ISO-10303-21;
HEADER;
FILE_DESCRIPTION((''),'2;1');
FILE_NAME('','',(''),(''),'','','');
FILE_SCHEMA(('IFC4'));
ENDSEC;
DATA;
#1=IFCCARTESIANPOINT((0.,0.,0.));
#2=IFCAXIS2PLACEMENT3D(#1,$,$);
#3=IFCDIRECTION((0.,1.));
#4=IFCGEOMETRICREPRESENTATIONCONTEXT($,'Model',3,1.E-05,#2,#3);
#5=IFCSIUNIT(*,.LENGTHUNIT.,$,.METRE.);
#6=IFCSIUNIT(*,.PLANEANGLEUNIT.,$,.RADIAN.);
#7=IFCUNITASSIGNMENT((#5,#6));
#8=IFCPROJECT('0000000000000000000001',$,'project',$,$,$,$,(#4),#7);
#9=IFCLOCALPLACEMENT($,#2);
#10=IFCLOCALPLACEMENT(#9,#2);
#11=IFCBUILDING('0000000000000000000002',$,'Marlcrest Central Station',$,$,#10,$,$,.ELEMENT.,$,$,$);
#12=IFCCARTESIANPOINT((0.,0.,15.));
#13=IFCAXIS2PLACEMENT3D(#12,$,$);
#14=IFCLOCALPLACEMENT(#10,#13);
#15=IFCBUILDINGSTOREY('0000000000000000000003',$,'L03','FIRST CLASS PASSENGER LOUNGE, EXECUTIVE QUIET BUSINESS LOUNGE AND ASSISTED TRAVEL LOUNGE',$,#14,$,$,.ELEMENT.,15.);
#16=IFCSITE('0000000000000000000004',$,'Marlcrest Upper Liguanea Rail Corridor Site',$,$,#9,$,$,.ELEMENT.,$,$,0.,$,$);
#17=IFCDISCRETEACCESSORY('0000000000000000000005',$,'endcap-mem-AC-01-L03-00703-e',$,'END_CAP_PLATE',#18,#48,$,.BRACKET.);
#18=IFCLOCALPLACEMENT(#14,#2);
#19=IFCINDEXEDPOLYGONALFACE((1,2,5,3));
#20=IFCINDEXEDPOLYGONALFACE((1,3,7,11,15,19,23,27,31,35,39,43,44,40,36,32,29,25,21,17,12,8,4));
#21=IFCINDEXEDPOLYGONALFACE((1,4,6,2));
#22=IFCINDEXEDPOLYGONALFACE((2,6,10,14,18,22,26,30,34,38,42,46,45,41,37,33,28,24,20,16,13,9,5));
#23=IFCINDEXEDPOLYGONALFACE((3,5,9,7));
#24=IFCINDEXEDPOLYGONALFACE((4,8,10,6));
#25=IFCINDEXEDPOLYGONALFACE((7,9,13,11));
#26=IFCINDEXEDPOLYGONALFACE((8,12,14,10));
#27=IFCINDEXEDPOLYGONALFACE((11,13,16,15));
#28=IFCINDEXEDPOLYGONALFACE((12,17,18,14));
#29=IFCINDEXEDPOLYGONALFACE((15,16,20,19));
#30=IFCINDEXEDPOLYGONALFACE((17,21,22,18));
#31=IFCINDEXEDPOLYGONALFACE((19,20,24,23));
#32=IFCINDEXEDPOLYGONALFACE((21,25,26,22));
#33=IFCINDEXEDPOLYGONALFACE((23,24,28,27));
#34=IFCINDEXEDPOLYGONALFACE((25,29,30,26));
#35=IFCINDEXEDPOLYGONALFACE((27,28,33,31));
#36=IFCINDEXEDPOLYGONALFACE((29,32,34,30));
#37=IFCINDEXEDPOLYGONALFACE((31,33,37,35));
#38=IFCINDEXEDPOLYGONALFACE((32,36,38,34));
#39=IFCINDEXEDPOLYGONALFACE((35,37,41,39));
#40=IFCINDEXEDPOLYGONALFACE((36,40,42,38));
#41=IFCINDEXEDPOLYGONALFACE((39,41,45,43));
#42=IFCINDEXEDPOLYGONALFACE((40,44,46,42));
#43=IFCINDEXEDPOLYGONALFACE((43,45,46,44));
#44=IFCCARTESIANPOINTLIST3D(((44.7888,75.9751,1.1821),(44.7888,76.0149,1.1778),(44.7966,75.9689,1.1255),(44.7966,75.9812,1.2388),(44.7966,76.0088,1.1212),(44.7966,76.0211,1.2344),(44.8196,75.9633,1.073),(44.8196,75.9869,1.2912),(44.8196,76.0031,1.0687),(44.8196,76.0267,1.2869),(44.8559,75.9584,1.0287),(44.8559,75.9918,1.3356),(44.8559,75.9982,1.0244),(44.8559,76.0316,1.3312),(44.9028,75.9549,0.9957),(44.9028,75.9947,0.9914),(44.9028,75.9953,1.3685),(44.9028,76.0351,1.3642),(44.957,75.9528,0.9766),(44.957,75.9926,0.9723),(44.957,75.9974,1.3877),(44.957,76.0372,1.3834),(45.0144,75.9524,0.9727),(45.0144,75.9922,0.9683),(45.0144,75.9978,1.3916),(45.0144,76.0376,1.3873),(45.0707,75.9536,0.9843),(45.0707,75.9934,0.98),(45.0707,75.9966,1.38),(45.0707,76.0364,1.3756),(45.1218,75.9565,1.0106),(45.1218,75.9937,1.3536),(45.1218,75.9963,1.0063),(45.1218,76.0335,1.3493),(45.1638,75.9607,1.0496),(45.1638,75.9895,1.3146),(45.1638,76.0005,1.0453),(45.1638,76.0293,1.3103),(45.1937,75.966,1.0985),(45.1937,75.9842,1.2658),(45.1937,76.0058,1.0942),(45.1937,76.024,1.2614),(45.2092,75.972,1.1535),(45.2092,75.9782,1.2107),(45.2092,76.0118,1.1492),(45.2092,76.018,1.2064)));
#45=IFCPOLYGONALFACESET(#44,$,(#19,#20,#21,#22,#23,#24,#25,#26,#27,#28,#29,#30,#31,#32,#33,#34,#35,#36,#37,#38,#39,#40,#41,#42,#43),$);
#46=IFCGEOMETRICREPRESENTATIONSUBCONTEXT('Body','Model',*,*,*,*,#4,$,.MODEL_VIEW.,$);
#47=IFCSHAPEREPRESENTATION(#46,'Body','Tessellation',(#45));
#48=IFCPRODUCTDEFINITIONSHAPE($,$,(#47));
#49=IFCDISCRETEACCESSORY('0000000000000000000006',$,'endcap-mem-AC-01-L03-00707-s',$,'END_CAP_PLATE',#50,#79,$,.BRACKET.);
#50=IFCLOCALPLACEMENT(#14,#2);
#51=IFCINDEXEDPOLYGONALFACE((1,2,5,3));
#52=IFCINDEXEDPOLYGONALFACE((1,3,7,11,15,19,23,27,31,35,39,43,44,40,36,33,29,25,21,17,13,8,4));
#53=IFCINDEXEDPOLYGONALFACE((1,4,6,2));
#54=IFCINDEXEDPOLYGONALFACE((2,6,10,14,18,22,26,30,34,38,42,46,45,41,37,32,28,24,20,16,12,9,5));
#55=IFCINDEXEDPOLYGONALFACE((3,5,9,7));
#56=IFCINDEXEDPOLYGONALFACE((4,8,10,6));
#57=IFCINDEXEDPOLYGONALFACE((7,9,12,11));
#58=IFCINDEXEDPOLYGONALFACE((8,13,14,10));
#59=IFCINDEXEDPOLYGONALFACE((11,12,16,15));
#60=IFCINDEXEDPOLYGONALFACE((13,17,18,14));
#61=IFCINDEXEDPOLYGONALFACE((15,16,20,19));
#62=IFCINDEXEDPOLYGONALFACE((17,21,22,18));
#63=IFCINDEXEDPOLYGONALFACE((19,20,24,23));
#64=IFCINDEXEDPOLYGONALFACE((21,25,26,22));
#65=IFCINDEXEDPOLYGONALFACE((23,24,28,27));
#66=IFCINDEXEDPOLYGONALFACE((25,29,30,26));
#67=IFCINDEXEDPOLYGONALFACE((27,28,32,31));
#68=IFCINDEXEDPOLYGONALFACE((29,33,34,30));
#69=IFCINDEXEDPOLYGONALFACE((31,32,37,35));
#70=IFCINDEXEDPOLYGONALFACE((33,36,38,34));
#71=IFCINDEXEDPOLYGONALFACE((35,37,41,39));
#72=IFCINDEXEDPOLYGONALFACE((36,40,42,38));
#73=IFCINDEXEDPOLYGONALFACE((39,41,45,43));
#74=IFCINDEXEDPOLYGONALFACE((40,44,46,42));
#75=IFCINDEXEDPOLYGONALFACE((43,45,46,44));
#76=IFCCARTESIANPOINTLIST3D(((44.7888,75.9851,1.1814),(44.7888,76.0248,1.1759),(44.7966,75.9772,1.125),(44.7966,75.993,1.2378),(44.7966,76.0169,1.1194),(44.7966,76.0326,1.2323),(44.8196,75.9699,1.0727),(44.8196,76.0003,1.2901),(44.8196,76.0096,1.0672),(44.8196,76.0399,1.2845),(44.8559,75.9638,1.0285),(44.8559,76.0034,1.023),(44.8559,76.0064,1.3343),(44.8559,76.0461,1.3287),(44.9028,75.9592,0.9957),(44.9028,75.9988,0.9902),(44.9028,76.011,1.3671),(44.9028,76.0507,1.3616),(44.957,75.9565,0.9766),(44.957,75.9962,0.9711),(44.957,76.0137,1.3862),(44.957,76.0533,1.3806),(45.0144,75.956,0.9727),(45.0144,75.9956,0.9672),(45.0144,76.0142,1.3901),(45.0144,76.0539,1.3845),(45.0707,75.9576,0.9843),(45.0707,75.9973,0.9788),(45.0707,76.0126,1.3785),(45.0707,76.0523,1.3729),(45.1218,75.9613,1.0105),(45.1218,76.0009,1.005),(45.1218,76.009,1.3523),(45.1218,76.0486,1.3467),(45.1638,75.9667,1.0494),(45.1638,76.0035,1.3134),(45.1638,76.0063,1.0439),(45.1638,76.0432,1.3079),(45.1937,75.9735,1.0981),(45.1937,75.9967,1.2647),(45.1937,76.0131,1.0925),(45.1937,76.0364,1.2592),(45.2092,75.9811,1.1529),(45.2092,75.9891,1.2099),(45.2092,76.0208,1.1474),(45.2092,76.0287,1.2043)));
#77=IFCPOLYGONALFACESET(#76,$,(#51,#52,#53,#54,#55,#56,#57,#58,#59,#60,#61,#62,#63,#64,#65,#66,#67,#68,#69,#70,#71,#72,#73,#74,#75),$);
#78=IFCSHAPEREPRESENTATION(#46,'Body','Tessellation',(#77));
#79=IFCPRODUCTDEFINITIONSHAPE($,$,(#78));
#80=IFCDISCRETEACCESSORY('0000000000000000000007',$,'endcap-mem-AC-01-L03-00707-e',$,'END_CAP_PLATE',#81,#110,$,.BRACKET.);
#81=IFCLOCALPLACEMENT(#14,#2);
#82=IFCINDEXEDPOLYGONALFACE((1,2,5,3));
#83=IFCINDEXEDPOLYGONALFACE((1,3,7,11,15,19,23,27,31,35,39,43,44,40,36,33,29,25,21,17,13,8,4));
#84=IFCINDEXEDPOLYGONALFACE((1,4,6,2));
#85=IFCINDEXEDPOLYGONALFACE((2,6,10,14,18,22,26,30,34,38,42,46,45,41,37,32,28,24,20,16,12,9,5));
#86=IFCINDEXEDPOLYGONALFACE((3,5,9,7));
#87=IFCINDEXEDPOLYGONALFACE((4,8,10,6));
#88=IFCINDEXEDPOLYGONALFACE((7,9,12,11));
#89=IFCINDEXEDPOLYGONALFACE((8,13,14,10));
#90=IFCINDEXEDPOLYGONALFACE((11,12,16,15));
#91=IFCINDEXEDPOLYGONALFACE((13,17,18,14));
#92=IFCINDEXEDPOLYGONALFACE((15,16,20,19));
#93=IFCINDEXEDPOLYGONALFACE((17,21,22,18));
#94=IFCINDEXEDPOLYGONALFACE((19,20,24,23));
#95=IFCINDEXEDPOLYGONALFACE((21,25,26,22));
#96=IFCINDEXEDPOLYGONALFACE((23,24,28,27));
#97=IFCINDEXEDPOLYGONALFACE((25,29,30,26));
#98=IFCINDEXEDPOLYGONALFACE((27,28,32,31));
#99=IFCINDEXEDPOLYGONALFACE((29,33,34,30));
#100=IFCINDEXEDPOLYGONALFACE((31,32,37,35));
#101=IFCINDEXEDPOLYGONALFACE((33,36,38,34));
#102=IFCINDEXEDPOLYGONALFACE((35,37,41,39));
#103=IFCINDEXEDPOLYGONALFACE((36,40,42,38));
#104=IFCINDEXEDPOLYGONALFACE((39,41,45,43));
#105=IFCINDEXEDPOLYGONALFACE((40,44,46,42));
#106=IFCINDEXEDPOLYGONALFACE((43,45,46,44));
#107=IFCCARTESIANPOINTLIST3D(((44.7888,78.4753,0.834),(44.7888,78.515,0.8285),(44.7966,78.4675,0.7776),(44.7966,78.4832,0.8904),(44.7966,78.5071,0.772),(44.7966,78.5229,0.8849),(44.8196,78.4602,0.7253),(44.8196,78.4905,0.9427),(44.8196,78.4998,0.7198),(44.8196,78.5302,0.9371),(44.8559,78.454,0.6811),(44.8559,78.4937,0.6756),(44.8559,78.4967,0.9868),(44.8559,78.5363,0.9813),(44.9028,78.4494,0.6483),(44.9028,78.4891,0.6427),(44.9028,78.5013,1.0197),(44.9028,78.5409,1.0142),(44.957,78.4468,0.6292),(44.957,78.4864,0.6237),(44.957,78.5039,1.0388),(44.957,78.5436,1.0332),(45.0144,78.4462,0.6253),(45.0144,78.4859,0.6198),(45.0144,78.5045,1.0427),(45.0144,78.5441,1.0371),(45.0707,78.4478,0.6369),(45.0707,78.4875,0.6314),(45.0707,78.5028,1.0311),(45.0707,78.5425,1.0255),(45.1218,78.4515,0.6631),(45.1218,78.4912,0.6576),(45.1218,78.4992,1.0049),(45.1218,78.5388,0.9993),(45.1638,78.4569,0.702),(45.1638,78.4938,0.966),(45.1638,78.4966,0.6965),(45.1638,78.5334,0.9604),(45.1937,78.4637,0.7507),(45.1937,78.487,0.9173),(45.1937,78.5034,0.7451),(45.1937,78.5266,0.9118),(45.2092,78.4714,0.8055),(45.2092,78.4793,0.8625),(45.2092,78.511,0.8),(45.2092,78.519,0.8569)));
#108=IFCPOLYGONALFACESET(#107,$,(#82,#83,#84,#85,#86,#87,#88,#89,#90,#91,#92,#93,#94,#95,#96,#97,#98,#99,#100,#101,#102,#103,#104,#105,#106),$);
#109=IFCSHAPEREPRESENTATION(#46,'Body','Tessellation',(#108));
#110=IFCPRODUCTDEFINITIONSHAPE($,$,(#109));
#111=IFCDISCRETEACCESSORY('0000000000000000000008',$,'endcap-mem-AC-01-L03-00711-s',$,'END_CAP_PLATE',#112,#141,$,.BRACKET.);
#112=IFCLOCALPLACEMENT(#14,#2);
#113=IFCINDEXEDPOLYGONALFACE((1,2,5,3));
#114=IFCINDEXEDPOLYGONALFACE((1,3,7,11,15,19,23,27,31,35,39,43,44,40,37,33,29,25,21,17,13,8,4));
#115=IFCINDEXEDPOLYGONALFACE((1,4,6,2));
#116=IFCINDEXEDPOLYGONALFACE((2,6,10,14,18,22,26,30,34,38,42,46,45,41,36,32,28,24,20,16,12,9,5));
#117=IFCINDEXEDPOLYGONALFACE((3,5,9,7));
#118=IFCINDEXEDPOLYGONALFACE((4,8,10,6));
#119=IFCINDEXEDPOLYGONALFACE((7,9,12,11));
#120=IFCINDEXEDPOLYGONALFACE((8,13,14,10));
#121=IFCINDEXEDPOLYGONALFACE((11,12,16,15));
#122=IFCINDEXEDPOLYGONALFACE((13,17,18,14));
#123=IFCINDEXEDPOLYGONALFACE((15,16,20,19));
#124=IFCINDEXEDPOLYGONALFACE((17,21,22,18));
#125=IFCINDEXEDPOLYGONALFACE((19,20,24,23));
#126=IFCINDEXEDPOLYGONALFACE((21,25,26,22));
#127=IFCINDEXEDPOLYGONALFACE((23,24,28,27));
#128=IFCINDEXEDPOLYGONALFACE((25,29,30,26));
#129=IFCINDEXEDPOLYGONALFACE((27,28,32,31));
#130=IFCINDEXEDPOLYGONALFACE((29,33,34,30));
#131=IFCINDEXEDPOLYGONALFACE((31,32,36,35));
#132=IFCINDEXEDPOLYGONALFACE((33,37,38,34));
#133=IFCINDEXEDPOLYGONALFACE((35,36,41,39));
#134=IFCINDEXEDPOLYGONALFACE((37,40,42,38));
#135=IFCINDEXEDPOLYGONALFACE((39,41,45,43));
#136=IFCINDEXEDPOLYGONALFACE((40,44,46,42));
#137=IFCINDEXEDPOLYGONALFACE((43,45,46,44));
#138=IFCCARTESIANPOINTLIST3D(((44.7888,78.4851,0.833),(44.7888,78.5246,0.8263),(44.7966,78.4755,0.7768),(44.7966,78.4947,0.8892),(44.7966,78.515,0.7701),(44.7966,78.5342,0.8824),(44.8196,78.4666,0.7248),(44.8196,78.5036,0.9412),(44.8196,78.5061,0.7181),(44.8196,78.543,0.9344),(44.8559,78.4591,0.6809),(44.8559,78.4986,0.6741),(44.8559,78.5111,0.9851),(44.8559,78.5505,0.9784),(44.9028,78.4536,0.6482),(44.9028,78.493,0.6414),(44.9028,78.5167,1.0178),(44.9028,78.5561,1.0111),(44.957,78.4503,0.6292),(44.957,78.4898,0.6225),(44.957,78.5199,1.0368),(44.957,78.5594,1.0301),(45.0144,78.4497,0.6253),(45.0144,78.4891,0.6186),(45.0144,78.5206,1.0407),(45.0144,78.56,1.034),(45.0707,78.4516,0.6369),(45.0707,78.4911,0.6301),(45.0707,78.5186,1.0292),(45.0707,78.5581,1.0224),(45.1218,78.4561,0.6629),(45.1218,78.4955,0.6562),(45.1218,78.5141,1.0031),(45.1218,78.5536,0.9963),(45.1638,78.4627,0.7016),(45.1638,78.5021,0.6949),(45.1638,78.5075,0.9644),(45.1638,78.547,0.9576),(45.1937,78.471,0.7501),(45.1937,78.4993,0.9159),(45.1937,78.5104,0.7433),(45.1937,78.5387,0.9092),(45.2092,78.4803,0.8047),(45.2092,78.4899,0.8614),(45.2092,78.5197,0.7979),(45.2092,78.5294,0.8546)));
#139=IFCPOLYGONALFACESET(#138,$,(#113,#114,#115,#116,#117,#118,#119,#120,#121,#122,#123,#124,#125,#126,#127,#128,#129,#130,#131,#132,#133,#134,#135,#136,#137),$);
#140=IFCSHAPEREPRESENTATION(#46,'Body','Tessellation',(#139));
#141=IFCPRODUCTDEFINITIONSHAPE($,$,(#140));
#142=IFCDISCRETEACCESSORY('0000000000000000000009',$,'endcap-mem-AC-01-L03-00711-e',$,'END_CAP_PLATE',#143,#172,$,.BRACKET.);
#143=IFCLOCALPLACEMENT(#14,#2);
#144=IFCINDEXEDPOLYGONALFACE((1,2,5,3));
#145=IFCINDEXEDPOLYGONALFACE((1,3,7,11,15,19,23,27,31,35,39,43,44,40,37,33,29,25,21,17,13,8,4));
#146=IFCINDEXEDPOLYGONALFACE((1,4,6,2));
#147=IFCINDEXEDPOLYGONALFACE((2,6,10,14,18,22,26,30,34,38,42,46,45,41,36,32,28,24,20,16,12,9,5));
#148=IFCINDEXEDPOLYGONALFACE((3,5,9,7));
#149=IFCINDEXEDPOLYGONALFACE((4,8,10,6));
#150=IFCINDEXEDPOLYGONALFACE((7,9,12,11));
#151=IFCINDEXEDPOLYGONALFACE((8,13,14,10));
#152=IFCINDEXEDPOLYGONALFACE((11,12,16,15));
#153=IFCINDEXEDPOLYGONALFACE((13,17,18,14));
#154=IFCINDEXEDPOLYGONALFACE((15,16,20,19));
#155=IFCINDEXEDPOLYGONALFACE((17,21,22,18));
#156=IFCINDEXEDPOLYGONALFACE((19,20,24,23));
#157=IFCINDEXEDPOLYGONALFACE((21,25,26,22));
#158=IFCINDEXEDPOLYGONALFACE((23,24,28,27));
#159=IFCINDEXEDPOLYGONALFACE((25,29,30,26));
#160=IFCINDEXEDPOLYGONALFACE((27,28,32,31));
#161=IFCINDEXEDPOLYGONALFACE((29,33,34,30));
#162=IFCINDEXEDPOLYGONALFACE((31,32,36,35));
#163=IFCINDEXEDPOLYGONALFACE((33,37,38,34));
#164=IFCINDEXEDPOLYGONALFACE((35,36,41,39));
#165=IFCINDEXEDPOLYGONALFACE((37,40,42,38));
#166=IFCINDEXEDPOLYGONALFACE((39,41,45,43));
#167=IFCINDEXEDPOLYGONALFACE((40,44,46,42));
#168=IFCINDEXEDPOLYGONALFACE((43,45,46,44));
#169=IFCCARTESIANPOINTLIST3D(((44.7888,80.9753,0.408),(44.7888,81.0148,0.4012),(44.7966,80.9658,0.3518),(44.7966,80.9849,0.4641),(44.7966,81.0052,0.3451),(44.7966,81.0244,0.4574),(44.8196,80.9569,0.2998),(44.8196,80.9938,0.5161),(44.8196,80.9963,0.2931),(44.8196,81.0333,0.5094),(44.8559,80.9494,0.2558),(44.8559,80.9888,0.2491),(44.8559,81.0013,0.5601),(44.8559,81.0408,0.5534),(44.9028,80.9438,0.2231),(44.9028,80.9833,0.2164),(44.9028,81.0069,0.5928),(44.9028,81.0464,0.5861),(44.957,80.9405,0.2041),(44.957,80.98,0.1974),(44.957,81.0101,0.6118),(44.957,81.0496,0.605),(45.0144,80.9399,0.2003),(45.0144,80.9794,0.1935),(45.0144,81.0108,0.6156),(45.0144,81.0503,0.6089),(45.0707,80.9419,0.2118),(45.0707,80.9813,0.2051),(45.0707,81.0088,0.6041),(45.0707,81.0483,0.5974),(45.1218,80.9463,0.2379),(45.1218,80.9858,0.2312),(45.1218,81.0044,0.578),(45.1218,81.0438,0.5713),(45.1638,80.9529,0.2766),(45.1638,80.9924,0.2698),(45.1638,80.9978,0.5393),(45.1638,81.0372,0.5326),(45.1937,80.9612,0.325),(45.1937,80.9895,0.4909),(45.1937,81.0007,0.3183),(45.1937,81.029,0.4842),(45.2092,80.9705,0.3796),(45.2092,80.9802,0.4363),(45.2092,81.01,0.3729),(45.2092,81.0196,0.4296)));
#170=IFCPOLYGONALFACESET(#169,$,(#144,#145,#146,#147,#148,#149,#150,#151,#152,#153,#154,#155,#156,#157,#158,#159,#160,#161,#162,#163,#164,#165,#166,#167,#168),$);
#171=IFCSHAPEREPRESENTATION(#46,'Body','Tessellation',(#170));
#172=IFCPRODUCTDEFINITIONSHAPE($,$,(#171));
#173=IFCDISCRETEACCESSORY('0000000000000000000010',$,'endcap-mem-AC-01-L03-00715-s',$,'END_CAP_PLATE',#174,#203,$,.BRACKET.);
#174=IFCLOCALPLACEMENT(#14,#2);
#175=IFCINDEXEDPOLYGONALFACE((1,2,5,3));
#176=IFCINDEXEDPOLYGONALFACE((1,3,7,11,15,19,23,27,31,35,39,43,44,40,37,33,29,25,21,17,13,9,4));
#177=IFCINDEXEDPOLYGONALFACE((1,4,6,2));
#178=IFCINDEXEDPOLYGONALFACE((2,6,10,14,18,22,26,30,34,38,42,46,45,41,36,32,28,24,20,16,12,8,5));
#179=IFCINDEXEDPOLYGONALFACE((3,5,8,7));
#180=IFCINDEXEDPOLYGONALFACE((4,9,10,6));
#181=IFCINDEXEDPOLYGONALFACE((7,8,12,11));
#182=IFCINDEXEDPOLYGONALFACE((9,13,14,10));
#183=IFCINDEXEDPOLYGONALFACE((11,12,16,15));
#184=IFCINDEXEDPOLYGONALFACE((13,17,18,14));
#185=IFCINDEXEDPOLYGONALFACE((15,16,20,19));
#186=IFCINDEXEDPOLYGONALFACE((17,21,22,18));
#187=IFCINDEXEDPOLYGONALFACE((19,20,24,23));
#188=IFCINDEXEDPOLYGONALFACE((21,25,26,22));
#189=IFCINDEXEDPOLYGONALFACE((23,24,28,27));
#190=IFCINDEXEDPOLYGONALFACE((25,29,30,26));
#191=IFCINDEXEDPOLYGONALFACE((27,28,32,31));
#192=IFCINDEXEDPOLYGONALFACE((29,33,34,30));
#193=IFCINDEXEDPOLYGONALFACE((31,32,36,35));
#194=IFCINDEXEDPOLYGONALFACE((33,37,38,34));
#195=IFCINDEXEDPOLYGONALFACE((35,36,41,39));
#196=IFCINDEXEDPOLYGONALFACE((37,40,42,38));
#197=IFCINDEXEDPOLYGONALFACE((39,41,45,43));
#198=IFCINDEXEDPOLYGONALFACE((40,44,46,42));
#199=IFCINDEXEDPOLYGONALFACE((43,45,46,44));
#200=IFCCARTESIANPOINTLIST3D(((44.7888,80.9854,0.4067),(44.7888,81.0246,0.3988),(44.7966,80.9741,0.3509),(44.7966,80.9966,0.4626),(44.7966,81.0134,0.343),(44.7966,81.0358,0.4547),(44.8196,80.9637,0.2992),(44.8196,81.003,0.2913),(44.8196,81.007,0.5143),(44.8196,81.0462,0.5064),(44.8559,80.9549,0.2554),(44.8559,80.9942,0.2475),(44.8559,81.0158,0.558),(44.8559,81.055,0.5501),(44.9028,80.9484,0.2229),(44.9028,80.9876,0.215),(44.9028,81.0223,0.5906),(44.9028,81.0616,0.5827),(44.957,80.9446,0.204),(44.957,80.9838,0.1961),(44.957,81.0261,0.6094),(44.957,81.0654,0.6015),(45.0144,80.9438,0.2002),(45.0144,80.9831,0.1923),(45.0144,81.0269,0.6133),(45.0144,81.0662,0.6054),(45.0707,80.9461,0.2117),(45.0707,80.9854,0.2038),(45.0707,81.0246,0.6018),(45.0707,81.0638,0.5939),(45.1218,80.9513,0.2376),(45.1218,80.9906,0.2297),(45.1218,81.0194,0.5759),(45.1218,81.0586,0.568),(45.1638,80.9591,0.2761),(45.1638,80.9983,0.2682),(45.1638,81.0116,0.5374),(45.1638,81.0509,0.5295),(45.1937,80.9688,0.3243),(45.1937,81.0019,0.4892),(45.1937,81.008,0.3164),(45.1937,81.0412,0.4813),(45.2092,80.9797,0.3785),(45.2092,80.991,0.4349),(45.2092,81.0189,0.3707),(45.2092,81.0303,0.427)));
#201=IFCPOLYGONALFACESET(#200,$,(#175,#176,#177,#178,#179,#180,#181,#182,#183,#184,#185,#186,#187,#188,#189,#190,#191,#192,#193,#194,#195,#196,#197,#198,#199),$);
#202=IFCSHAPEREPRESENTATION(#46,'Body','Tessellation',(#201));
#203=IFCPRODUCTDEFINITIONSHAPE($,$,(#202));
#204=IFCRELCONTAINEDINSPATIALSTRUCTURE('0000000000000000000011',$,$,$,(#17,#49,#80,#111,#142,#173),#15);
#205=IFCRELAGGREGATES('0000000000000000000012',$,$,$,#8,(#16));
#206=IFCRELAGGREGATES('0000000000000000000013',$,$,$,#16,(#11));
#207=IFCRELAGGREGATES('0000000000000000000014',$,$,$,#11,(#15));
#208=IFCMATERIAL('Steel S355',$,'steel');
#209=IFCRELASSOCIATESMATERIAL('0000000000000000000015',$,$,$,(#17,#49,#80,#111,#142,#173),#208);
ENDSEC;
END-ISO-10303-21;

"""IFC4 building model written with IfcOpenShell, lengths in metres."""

from ifc_helpers import new_model, si_unit, direction, frame, origin, origin_2d, place, context, subcontext, project, spatial, circle, extrude, material, element, save


model = new_model("IFC4")

# Units and contexts
model_context = context("Model", 3, precision=1e-05, world=origin(), true_north=direction((0.0, 1.0)))
body_context = subcontext(model_context, "Body", "Model", "MODEL_VIEW")
ifc_project = project(units=[si_unit("LENGTHUNIT", "METRE"), si_unit("PLANEANGLEUNIT", "RADIAN")], contexts=[model_context])

# Site, building, storey
site_placement = place(None, origin())
site = spatial("IfcSite", under=ifc_project, at=site_placement, Name="Marlcrest Upper Liguanea Rail Corridor Site", CompositionType="ELEMENT", RefElevation=0.0)
building_placement = place(site_placement, origin())
building = spatial("IfcBuilding", under=site, at=building_placement, Name="Marlcrest Central Station", CompositionType="ELEMENT")
storey_placement = place(building_placement, frame((0.0, 0.0, 15.0)))
storey = spatial("IfcBuildingStorey", under=building, at=storey_placement, Name="L03", Description="FIRST CLASS PASSENGER LOUNGE, EXECUTIVE QUIET BUSINESS LOUNGE AND ASSISTED TRAVEL LOUNGE", CompositionType="ELEMENT", Elevation=15.0)

# Shared definitions
ifc_material_1 = material(Name="Steel S355", Category="steel")

# Discrete accessories
for number, where, z_axis, x_axis, name in (
    (1, (45.0, 75.9751, 1.1821), (0.0, 0.994155, -0.107959), (-1.0, 0.0, 0.0), "endcap-mem-AC-01-L03-00703-e"),
    (2, (45.0, 75.9851, 1.1814), (0.0, 0.990403, -0.138211), (-1.0, 0.0, 0.0), "endcap-mem-AC-01-L03-00707-s"),
    (3, (45.0, 78.4753, 0.834), (0.0, 0.990403, -0.138211), (-1.0, 0.0, 0.0), "endcap-mem-AC-01-L03-00707-e"),
    (4, (45.0, 78.4851, 0.833), (0.0, 0.985741, -0.168269), (-1.0, 0.0, 0.0), "endcap-mem-AC-01-L03-00711-s"),
    (5, (45.0, 80.9753, 0.408), (0.0, 0.985741, -0.168269), (-1.0, 0.0, 0.0), "endcap-mem-AC-01-L03-00711-e"),
    (6, (45.0, 80.9854, 0.4067), (0.0, 0.980359, -0.197219), (-1.0, 0.0, 0.0), "endcap-mem-AC-01-L03-00715-s"),
):
    element("IfcDiscreteAccessory", number, at=place(storey_placement, frame(where, z_axis=z_axis, x_axis=x_axis)), inside=storey, material=ifc_material_1, Name=name, ObjectType="END_CAP_PLATE", PredefinedType="BRACKET", context=body_context, shape_type="SweptSolid", body=[
        extrude(circle(Radius=0.2112, at=origin_2d()), origin(), (0.0, 0.0, 1.0), 0.04),
    ])

save(model, "model.ifc")
